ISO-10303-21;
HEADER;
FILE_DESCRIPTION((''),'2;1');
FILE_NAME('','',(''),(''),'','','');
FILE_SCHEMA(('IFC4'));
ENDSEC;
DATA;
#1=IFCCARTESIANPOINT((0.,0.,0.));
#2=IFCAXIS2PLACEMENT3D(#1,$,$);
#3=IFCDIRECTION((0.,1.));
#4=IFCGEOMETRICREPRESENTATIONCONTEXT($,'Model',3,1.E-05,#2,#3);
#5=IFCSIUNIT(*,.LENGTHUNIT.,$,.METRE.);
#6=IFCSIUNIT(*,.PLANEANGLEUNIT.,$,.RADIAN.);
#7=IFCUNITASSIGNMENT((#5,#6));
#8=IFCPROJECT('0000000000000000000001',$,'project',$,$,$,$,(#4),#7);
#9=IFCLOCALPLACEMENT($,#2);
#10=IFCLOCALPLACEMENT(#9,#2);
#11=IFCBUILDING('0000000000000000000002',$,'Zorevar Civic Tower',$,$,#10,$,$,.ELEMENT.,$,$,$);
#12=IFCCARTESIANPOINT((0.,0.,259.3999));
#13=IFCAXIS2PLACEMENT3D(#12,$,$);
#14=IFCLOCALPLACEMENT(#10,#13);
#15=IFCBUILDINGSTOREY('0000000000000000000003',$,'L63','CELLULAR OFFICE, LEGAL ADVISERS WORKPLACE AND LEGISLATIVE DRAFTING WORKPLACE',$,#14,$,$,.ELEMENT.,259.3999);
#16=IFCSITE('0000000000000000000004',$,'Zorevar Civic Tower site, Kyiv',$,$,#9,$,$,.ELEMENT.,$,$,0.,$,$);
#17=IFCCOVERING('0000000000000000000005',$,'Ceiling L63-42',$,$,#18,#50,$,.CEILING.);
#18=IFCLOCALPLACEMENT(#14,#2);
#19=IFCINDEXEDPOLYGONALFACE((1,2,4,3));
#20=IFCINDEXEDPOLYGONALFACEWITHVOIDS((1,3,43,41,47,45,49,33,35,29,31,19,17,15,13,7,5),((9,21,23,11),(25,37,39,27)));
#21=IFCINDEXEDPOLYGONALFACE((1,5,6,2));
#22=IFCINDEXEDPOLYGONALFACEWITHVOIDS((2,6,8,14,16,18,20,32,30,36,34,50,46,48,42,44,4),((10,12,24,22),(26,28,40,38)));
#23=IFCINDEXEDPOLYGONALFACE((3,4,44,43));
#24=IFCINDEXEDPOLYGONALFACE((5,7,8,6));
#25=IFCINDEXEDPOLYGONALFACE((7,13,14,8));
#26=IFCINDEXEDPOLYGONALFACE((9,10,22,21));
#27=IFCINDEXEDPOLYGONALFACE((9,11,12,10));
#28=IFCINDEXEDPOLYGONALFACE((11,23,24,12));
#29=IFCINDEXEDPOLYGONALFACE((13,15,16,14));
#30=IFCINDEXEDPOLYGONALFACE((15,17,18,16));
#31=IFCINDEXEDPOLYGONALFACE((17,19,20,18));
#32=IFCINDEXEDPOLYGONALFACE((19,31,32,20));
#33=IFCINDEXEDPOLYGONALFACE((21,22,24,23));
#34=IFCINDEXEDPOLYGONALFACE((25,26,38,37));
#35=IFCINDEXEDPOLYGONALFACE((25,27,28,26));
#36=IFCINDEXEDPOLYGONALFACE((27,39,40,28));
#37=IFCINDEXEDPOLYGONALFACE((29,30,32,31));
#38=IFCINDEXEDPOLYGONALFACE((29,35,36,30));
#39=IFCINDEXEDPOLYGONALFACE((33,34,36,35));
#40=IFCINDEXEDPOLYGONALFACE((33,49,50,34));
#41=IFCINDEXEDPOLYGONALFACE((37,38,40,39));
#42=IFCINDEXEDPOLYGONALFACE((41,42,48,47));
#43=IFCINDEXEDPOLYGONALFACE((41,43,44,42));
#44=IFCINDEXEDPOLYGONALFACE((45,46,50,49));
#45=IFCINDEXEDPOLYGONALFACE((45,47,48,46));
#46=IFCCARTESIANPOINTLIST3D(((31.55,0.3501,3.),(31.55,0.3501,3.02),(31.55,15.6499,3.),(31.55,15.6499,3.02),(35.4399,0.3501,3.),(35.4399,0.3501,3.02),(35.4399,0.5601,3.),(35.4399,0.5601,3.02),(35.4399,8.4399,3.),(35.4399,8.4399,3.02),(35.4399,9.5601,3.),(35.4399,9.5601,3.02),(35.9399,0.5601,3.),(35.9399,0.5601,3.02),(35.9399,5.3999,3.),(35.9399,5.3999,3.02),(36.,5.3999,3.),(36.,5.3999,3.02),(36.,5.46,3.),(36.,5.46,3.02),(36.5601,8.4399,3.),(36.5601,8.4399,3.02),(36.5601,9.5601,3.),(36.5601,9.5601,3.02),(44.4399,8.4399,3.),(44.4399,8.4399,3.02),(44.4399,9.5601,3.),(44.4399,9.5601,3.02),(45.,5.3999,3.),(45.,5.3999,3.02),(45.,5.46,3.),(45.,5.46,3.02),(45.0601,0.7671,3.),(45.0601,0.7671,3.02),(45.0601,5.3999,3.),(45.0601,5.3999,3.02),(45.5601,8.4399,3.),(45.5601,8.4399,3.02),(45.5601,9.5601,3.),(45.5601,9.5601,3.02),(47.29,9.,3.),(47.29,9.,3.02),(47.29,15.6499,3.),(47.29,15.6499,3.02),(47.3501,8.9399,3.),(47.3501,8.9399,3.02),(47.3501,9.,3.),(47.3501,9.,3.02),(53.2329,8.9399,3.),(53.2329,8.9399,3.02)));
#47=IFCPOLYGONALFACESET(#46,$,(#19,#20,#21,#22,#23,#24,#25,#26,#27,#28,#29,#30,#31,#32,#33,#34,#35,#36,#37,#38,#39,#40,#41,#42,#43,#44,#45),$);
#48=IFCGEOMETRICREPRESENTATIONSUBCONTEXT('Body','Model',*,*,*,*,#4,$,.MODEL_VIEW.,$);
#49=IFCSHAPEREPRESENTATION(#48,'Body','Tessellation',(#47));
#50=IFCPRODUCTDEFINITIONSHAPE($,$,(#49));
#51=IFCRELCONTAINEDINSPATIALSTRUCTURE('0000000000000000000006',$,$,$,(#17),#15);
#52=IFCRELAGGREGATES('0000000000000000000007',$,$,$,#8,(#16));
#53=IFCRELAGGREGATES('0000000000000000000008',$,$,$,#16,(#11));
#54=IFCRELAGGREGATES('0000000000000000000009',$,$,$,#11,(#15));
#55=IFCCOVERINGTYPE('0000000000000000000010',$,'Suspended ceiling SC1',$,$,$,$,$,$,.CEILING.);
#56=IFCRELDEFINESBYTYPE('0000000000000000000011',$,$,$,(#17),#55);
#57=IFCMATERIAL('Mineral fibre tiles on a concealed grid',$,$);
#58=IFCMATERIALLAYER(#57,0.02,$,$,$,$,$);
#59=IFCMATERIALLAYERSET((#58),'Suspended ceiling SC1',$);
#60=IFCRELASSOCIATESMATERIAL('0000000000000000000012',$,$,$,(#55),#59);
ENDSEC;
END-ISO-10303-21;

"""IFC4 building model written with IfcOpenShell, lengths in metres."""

from ifc_helpers import new_model, si_unit, direction, frame, origin, place, context, subcontext, project, spatial, polyline, outline, extrude, material, layer, layer_set, type_object, element, save


model = new_model("IFC4")

# Units and contexts
model_context = context("Model", 3, precision=1e-05, world=origin(), true_north=direction((0.0, 1.0)))
body_context = subcontext(model_context, "Body", "Model", "MODEL_VIEW")
ifc_project = project(units=[si_unit("LENGTHUNIT", "METRE"), si_unit("PLANEANGLEUNIT", "RADIAN")], contexts=[model_context])

# Site, building, storey
site_placement = place(None, origin())
site = spatial("IfcSite", under=ifc_project, at=site_placement, Name="Zorevar Civic Tower site, Kyiv", CompositionType="ELEMENT", RefElevation=0.0)
building_placement = place(site_placement, origin())
building = spatial("IfcBuilding", under=site, at=building_placement, Name="Zorevar Civic Tower", CompositionType="ELEMENT")
storey_placement = place(building_placement, frame((0.0, 0.0, 259.3999)))
storey = spatial("IfcBuildingStorey", under=building, at=storey_placement, Name="L63", Description="CELLULAR OFFICE, LEGAL ADVISERS WORKPLACE AND LEGISLATIVE DRAFTING WORKPLACE", CompositionType="ELEMENT", Elevation=259.3999)

# Covering
ifc_material_1 = material(Name="Mineral fibre tiles on a concealed grid")
ifc_layer_1 = layer(ifc_material_1, 0.02)
ifc_layer_set_1 = layer_set([ifc_layer_1], Name="Suspended ceiling SC1")
covering_type_1 = type_object("IfcCoveringType", Name="Suspended ceiling SC1", PredefinedType="CEILING", material=ifc_layer_set_1)
covering_1_placement = place(storey_placement, frame((0.0, 0.0, 3.0)))
element("IfcCovering", 1, at=covering_1_placement, inside=storey, type_object=covering_type_1, Name="Ceiling L63-42", PredefinedType="CEILING", context=body_context, shape_type="SweptSolid", body=[
    extrude(outline(polyline([(45.0601, 5.3999), (45.0, 5.3999), (45.0, 5.46), (36.0, 5.46), (36.0, 5.3999), (35.9399, 5.3999), (35.9399, 0.5601), (35.4399, 0.5601), (35.4399, 0.3501), (31.55, 0.3501), (31.55, 15.6499), (47.29, 15.6499), (47.29, 9.0), (47.3501, 9.0), (47.3501, 8.9399), (53.2329, 8.9399), (45.0601, 0.7671), (45.0601, 5.3999)]), holes=[polyline([(36.5601, 9.5601), (35.4399, 9.5601), (35.4399, 8.4399), (36.5601, 8.4399), (36.5601, 9.5601)]), polyline([(44.4399, 8.4399), (45.5601, 8.4399), (45.5601, 9.5601), (44.4399, 9.5601), (44.4399, 8.4399)])]), origin(), (0.0, 0.0, 1.0), 0.02),
])

save(model, "model.ifc")
